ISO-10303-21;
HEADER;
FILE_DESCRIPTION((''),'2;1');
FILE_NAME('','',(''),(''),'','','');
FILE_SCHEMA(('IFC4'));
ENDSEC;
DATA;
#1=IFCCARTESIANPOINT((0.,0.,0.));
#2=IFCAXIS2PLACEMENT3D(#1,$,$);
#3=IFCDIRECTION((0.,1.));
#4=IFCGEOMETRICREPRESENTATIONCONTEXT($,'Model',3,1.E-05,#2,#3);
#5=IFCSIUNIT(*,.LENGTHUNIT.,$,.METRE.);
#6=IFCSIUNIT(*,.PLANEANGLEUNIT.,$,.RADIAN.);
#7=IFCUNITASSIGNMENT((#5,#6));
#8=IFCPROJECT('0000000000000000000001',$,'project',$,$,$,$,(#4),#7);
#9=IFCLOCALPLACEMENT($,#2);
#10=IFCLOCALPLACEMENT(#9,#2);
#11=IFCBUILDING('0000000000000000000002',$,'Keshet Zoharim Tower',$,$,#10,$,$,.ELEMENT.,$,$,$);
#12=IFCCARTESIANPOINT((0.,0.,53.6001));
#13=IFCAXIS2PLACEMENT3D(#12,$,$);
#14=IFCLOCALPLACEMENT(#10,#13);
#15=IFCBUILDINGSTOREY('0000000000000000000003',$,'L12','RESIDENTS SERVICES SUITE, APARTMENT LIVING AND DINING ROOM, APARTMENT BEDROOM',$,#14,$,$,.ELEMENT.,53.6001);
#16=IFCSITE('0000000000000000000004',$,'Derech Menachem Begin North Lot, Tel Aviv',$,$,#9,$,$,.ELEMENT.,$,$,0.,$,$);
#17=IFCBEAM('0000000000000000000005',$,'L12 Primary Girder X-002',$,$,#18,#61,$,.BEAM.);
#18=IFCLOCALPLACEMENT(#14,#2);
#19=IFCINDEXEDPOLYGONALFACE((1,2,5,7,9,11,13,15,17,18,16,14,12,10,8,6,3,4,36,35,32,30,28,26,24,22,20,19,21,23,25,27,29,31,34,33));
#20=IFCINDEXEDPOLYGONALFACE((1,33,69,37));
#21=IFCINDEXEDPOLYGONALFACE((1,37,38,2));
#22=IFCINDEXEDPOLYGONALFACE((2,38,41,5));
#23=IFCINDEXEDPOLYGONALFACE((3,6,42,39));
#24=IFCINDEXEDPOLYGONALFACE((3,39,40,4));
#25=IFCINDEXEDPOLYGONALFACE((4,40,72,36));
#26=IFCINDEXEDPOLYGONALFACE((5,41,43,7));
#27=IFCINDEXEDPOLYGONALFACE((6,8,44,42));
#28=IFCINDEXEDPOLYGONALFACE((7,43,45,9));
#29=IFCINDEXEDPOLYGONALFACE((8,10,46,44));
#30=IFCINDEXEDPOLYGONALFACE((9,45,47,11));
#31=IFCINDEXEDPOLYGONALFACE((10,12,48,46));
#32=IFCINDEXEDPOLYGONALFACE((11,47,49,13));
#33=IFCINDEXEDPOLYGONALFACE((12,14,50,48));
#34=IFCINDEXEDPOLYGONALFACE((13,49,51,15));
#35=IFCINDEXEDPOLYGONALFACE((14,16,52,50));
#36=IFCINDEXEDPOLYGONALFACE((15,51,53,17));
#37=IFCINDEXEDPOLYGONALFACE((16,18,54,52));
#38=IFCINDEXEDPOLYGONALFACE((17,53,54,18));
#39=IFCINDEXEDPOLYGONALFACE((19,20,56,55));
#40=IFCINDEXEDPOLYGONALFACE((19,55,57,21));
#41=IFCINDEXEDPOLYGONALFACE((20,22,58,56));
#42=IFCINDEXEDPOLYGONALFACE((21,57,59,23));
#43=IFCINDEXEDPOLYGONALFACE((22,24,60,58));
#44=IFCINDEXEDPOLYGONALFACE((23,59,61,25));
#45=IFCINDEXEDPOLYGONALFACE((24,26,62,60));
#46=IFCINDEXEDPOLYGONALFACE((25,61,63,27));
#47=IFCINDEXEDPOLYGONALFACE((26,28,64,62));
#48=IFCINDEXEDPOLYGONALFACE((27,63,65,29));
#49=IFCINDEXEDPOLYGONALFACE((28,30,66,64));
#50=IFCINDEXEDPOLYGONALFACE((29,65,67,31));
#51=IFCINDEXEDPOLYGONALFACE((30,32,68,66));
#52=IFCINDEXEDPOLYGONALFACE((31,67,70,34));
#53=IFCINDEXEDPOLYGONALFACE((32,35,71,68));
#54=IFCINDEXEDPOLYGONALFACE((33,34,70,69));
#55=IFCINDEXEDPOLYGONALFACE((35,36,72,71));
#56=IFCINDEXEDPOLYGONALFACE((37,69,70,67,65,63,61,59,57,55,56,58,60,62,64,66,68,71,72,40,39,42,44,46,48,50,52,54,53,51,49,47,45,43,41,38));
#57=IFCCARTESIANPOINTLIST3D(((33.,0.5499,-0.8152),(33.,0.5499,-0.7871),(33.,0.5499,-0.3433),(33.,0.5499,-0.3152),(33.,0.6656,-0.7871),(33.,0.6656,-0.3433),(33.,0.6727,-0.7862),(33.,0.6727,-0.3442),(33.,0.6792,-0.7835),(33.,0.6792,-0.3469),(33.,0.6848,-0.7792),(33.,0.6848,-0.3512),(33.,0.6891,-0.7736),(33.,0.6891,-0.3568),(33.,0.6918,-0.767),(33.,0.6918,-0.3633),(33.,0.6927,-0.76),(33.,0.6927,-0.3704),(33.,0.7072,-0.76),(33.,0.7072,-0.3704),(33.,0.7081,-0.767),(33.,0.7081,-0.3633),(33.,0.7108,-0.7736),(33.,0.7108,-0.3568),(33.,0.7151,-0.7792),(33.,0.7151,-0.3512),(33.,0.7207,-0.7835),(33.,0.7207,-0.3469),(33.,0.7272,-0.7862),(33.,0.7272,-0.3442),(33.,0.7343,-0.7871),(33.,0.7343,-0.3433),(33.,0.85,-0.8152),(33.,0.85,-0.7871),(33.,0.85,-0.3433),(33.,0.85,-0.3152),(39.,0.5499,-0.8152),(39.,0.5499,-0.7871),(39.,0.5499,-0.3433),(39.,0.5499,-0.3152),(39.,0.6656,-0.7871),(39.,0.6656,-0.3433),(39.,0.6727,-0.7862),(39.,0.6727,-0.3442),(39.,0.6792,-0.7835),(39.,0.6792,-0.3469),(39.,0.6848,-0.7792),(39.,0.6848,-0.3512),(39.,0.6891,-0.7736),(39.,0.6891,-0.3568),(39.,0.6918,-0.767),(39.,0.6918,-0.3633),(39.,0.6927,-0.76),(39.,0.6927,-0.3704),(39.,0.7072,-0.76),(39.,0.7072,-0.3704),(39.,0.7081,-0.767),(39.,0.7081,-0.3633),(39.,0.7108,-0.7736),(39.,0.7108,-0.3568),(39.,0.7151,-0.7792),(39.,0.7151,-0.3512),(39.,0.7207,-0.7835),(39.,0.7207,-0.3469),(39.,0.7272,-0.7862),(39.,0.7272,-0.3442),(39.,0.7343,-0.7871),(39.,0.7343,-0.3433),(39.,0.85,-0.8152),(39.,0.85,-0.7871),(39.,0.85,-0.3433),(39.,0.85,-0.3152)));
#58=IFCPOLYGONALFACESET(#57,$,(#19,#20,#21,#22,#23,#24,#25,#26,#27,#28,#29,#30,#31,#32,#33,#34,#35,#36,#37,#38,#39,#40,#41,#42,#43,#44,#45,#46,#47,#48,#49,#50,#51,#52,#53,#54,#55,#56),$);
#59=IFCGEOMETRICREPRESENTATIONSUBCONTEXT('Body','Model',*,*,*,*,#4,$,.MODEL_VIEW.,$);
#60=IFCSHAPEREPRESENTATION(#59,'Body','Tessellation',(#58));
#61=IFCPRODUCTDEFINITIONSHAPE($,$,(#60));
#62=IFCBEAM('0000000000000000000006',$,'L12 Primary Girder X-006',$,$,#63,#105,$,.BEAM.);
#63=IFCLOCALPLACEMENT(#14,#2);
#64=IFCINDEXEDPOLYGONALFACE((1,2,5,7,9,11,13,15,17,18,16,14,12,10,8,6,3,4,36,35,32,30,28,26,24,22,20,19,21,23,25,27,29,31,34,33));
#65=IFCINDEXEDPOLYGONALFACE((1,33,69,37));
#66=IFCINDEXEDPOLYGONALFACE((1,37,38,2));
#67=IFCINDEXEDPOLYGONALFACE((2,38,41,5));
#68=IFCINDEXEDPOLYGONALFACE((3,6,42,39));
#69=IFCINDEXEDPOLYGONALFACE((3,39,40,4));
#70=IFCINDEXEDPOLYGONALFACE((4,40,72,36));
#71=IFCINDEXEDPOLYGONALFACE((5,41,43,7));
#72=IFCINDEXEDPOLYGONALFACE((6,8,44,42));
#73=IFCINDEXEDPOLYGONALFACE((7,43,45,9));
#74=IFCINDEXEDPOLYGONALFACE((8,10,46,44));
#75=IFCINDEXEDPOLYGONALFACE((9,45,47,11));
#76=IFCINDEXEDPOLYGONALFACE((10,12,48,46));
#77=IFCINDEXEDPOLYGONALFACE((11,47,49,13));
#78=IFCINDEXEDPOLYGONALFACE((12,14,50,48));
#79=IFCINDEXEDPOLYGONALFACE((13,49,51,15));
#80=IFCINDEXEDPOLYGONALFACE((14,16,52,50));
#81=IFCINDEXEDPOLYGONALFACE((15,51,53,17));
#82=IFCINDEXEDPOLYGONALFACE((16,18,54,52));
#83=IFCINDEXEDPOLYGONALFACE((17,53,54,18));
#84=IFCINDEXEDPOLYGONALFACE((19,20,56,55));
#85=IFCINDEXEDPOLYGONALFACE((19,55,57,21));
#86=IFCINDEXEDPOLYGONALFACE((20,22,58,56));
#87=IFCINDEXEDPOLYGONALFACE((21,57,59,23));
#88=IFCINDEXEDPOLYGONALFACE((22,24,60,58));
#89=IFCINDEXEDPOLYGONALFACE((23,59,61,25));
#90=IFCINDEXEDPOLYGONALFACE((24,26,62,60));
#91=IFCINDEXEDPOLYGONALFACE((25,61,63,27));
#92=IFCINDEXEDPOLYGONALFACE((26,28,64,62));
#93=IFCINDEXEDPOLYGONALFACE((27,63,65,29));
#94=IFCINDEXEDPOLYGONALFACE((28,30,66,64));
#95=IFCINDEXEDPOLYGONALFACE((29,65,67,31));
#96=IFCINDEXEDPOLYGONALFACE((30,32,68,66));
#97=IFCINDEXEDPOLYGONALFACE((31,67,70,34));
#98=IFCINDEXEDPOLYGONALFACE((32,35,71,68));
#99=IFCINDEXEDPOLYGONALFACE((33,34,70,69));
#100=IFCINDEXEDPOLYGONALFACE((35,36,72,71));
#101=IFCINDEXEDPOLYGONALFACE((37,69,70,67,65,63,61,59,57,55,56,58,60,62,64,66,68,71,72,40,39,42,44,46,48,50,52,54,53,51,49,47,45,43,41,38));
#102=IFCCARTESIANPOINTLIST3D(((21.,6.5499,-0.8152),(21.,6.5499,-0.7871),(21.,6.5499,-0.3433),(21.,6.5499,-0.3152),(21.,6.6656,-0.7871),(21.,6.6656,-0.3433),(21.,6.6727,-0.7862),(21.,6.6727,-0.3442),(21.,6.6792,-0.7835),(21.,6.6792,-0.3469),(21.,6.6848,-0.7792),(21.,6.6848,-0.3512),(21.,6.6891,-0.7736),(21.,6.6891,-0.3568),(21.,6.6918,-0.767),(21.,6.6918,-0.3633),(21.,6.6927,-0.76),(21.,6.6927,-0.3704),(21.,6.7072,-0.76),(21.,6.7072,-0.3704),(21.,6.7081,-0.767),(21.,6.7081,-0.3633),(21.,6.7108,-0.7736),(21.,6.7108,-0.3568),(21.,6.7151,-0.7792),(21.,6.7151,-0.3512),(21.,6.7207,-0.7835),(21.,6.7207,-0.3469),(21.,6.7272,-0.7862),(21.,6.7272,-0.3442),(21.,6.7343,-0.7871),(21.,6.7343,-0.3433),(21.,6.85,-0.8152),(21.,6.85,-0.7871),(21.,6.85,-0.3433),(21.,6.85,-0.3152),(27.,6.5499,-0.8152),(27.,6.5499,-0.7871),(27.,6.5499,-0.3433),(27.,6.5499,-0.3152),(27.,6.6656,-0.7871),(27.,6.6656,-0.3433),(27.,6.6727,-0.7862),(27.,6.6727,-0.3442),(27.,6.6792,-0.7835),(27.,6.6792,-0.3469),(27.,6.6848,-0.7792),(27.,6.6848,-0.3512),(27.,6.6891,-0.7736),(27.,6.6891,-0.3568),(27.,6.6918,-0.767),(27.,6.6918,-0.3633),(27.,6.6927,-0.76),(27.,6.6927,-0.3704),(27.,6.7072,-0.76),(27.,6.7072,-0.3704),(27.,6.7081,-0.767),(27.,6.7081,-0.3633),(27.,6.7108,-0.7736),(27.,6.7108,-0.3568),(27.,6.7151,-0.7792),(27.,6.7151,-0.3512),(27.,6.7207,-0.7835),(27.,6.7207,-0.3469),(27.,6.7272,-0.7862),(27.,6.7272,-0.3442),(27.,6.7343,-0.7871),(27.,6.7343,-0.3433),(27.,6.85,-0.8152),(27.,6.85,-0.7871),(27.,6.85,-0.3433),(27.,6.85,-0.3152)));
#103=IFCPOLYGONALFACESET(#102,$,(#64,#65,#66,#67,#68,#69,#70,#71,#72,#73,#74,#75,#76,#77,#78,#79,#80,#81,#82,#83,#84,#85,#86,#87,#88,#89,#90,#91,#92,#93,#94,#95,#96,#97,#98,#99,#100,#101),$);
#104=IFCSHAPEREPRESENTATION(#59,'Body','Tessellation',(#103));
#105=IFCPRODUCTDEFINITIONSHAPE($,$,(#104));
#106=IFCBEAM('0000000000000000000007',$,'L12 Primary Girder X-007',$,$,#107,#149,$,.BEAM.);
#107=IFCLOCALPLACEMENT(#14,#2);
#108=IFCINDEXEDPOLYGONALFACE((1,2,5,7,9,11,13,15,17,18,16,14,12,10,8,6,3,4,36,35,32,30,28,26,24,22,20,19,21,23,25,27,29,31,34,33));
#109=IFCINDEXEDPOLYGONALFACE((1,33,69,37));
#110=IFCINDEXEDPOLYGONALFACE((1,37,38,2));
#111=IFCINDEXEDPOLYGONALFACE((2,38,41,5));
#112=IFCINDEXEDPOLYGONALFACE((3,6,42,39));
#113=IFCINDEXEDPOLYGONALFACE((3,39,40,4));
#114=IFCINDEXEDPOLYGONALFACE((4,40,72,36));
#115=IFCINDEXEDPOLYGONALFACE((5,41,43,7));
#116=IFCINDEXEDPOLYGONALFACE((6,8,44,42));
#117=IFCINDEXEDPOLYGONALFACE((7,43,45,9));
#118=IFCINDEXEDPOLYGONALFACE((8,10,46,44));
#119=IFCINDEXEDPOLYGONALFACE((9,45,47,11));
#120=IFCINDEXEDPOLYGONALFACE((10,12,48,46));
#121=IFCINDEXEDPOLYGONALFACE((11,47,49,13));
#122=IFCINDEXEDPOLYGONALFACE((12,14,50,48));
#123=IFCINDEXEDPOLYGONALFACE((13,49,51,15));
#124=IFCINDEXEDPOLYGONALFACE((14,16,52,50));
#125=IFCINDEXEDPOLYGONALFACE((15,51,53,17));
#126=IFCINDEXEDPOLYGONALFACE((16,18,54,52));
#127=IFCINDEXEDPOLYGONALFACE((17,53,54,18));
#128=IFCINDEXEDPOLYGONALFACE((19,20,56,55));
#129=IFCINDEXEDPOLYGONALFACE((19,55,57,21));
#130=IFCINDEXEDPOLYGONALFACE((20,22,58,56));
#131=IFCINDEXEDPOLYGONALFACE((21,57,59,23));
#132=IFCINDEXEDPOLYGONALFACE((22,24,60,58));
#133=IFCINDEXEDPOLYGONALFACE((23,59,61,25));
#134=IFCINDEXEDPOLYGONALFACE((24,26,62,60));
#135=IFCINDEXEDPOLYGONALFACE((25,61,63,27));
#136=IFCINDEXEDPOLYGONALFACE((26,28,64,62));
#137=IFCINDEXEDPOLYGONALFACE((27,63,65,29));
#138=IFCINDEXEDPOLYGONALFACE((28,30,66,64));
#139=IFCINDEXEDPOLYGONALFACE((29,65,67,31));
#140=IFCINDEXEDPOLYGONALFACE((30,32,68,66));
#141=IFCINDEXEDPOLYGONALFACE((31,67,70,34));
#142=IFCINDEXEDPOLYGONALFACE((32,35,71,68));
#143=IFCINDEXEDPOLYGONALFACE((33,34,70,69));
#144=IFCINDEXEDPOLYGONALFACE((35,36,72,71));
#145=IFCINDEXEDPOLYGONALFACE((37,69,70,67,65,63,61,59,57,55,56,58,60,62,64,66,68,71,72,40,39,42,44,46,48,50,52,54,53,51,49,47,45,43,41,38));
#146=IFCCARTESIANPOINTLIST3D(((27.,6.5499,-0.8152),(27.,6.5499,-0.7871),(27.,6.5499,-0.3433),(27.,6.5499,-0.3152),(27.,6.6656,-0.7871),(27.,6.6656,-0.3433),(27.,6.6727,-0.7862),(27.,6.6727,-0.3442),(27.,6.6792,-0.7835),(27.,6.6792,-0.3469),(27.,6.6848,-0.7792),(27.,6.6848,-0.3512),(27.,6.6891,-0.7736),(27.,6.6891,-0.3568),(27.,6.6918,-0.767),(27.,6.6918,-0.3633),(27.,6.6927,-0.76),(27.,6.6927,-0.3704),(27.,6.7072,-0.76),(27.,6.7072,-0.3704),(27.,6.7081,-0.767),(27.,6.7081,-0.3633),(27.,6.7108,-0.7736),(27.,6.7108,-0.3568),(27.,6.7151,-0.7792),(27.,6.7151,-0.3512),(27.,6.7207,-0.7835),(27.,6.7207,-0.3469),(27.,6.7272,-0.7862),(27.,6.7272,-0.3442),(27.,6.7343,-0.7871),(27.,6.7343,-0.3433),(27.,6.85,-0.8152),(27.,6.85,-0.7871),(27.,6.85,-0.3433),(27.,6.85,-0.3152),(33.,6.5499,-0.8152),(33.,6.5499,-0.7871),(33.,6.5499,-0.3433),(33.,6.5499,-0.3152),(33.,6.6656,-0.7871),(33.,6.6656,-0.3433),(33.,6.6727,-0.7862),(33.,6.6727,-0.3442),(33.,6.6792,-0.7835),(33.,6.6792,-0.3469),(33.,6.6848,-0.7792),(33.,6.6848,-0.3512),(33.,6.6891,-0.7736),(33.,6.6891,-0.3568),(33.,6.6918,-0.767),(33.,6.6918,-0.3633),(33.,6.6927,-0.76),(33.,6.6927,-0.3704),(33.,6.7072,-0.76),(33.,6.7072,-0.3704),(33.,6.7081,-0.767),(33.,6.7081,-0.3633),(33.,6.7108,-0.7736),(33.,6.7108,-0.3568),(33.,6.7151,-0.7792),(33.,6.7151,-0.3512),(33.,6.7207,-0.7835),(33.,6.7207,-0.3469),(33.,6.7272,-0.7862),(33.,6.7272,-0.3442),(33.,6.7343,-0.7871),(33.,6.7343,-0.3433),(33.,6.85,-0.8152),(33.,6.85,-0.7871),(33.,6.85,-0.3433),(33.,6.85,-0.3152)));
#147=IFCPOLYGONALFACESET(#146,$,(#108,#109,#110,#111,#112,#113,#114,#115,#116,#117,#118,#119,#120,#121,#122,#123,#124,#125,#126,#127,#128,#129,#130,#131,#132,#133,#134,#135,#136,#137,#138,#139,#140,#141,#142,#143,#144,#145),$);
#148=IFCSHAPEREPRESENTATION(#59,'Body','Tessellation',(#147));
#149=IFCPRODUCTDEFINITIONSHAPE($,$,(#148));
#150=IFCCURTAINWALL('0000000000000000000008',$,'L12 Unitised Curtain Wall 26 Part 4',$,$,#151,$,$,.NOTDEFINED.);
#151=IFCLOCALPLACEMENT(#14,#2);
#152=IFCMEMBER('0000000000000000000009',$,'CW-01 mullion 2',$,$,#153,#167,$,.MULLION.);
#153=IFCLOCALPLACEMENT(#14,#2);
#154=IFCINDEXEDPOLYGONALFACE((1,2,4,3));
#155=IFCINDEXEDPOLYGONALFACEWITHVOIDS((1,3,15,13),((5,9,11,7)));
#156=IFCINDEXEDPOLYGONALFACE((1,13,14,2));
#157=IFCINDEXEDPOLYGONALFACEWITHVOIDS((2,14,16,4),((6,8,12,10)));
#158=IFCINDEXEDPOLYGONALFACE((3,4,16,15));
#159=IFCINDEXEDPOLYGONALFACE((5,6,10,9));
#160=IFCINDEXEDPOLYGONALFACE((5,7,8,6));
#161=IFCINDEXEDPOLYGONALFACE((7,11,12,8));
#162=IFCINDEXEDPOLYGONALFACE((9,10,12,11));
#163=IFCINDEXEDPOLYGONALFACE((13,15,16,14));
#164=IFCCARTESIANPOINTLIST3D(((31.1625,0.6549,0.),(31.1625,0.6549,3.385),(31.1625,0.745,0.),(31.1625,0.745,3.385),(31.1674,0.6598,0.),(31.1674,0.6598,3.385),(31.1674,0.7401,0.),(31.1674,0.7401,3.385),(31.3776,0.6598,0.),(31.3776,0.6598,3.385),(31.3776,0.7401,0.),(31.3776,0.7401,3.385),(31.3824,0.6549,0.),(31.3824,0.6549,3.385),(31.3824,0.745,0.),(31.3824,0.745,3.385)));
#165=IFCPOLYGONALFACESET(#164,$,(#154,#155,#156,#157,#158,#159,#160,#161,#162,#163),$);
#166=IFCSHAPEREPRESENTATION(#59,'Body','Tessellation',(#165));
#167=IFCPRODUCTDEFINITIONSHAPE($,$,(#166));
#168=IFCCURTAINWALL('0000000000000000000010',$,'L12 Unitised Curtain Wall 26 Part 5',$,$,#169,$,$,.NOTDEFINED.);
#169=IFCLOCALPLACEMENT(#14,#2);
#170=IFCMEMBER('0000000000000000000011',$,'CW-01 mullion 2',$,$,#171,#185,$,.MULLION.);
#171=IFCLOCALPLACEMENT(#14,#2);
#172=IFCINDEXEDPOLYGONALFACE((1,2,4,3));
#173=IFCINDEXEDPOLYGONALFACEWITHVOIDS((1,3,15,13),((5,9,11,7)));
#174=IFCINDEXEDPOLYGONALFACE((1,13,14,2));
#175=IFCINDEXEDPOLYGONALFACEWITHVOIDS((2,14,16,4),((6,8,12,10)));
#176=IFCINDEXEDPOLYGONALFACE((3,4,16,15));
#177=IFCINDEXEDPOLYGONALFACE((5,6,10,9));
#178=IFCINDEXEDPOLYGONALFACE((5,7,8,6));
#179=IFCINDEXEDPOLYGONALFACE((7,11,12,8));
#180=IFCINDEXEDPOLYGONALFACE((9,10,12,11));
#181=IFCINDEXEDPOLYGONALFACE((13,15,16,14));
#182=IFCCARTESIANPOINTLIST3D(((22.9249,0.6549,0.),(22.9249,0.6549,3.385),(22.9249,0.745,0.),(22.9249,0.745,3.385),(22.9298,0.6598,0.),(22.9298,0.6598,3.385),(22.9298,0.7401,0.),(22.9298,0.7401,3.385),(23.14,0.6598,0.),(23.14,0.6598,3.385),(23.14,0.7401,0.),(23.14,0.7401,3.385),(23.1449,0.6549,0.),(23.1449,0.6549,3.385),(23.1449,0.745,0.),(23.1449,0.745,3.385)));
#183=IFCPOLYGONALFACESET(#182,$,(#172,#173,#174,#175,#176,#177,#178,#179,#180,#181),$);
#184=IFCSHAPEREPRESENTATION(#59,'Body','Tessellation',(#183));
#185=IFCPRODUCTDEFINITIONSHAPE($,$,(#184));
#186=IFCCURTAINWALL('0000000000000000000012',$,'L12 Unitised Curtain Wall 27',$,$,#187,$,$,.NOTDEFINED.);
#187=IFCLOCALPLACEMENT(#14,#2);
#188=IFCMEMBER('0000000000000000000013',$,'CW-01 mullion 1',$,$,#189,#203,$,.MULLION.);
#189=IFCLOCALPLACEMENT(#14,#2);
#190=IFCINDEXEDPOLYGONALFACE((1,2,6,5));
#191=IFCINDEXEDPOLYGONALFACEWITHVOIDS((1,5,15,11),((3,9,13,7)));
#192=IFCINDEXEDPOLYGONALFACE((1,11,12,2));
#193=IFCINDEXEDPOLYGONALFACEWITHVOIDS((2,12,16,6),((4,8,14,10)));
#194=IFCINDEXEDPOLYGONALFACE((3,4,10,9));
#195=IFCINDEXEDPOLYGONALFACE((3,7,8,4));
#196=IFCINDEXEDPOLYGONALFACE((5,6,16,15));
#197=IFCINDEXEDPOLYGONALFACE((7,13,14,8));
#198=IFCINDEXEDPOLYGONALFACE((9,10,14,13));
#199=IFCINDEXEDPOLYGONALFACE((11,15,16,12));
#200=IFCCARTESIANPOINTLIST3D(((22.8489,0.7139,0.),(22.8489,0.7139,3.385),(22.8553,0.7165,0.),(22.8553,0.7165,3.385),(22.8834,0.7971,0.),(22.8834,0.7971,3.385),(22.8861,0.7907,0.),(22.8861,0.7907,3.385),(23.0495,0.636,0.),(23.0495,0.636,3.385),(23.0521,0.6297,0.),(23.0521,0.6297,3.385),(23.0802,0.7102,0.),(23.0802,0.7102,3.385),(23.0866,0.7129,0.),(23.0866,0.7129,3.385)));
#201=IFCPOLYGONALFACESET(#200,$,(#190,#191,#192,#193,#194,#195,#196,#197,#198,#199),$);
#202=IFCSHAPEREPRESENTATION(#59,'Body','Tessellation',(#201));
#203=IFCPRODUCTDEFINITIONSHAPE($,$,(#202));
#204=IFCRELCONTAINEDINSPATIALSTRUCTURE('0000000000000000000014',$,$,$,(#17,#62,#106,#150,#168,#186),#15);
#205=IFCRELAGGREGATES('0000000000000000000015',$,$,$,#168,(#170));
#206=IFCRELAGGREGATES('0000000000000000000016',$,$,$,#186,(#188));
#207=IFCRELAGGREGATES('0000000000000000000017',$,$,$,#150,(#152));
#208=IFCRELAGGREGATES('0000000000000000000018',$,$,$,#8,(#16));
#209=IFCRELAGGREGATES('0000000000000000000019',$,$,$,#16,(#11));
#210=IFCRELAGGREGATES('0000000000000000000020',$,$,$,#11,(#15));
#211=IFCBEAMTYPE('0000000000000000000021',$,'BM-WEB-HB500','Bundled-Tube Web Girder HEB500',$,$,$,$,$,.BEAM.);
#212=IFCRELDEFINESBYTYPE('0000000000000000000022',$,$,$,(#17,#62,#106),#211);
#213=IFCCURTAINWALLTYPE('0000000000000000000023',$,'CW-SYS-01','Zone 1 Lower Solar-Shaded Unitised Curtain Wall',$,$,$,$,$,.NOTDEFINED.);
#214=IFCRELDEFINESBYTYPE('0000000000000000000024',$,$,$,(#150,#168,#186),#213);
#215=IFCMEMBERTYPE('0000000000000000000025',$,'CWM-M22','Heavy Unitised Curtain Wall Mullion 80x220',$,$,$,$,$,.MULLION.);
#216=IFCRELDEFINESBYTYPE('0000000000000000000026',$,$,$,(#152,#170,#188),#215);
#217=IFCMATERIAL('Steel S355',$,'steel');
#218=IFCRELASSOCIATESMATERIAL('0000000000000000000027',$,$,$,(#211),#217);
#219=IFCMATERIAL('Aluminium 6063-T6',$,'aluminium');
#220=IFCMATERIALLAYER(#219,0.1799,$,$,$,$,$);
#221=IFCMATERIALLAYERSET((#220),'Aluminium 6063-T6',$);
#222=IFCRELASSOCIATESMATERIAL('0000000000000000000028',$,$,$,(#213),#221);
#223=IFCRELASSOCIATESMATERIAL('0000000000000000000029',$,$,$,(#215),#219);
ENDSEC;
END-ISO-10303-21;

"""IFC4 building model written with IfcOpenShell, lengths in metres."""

from ifc_helpers import new_model, si_unit, direction, frame, origin, origin_2d, place, context, subcontext, project, spatial, hollow_rectangle, i_section, extrude, material, layer, layer_set, material_profile, profile_set, type_object, element, aggregate, save


model = new_model("IFC4")

# Units and contexts
model_context = context("Model", 3, precision=1e-05, world=origin(), true_north=direction((0.0, 1.0)))
body_context = subcontext(model_context, "Body", "Model", "MODEL_VIEW")
ifc_project = project(units=[si_unit("LENGTHUNIT", "METRE"), si_unit("PLANEANGLEUNIT", "RADIAN")], contexts=[model_context])

# Site, building, storey
site_placement = place(None, origin())
site = spatial("IfcSite", under=ifc_project, at=site_placement, Name="Derech Menachem Begin North Lot, Tel Aviv", CompositionType="ELEMENT", RefElevation=0.0)
building_placement = place(site_placement, origin())
building = spatial("IfcBuilding", under=site, at=building_placement, Name="Keshet Zoharim Tower", CompositionType="ELEMENT")
storey_placement = place(building_placement, frame((0.0, 0.0, 53.6001)))
storey = spatial("IfcBuildingStorey", under=building, at=storey_placement, Name="L12", Description="RESIDENTS SERVICES SUITE, APARTMENT LIVING AND DINING ROOM, APARTMENT BEDROOM", CompositionType="ELEMENT", Elevation=53.6001)

# Shared definitions
ifc_material_1 = material(Name="Steel S355", Category="steel")

# Beams
ifc_material_profile_1 = material_profile(ifc_material_1, i_section(OverallWidth=0.3, OverallDepth=0.5, WebThickness=0.0144, FlangeThickness=0.0281, FilletRadius=0.0271, at=origin_2d()), Name="HEB500")
ifc_profile_set_1 = profile_set([ifc_material_profile_1], Name="Steel S355")
beam_type_1 = type_object("IfcBeamType", Name="BM-WEB-HB500", Description="Bundled-Tube Web Girder HEB500", PredefinedType="BEAM", material=ifc_profile_set_1)
for number, where, z_axis, x_axis, name in (
    (1, (33.0, 0.7, -0.5652), (1.0, 0.0, 0.0), (0.0, 1.0, 0.0), "L12 Primary Girder X-002"),
    (2, (21.0, 6.7, -0.5652), (1.0, 0.0, 0.0), (0.0, 1.0, 0.0), "L12 Primary Girder X-006"),
    (3, (27.0, 6.7, -0.5652), (1.0, 0.0, 0.0), (0.0, 1.0, 0.0), "L12 Primary Girder X-007"),
):
    element("IfcBeam", number, at=place(storey_placement, frame(where, z_axis=z_axis, x_axis=x_axis)), inside=storey, type_object=beam_type_1, Name=name, PredefinedType="BEAM", context=body_context, shape_type="SweptSolid", body=[
        extrude(i_section(OverallWidth=0.3, OverallDepth=0.5, WebThickness=0.0144, FlangeThickness=0.0281, FilletRadius=0.0271, at=origin_2d()), origin(), (0.0, 0.0, 1.0), 6.0),
    ])

# Curtain walls, members
ifc_material_2 = material(Name="Aluminium 6063-T6", Category="aluminium")
ifc_layer_1 = layer(ifc_material_2, 0.1799)
ifc_layer_set_1 = layer_set([ifc_layer_1], Name="Aluminium 6063-T6")
curtain_wall_type = type_object("IfcCurtainWallType", Name="CW-SYS-01", Description="Zone 1 Lower Solar-Shaded Unitised Curtain Wall", PredefinedType="NOTDEFINED", material=ifc_layer_set_1)
curtain_wall_1_placement = place(storey_placement, origin())
curtain_wall_1 = element("IfcCurtainWall", 4, at=curtain_wall_1_placement, inside=storey, type_object=curtain_wall_type, Name="L12 Unitised Curtain Wall 26 Part 4", PredefinedType="NOTDEFINED")
ifc_material_profile_2 = material_profile(ifc_material_2, hollow_rectangle(XDim=0.0901, YDim=0.22, WallThickness=0.0049, at=origin_2d()), Name="MUL-90x220")
ifc_profile_set_2 = profile_set([ifc_material_profile_2], Name="Aluminium 6063-T6")
member_type_1 = type_object("IfcMemberType", Name="CWM-M22", Description="Heavy Unitised Curtain Wall Mullion 80x220", PredefinedType="MULLION", material=ifc_profile_set_2)
member_1_placement = place(storey_placement, frame((31.2725, 0.7, 0.0), z_axis=(0.0, 0.0, 1.0), x_axis=(0.0, -1.0, 0.0)))
member_1 = element("IfcMember", 5, at=member_1_placement, type_object=member_type_1, Name="CW-01 mullion 2", PredefinedType="MULLION", context=body_context, shape_type="SweptSolid", body=[
    extrude(hollow_rectangle(XDim=0.0901, YDim=0.22, WallThickness=0.0049, at=origin_2d()), origin(), (0.0, 0.0, 1.0), 3.385),
])
curtain_wall_2_placement = place(storey_placement, origin())
curtain_wall_2 = element("IfcCurtainWall", 6, at=curtain_wall_2_placement, inside=storey, type_object=curtain_wall_type, Name="L12 Unitised Curtain Wall 26 Part 5", PredefinedType="NOTDEFINED")
member_2_placement = place(storey_placement, frame((23.0349, 0.7, 0.0), z_axis=(0.0, 0.0, 1.0), x_axis=(0.0, -1.0, 0.0)))
member_2 = element("IfcMember", 7, at=member_2_placement, type_object=member_type_1, Name="CW-01 mullion 2", PredefinedType="MULLION", context=body_context, shape_type="SweptSolid", body=[
    extrude(hollow_rectangle(XDim=0.0901, YDim=0.22, WallThickness=0.0049, at=origin_2d()), origin(), (0.0, 0.0, 1.0), 3.385),
])

# Curtain wall, member
curtain_wall_3_placement = place(storey_placement, origin())
curtain_wall_3 = element("IfcCurtainWall", 8, at=curtain_wall_3_placement, inside=storey, type_object=curtain_wall_type, Name="L12 Unitised Curtain Wall 27", PredefinedType="NOTDEFINED")
member_3_placement = place(storey_placement, frame((22.9678, 0.7134, 0.0), z_axis=(0.0, 0.0, 1.0), x_axis=(-0.382852, -0.92381, 0.0)))
member_3 = element("IfcMember", 9, at=member_3_placement, type_object=member_type_1, Name="CW-01 mullion 1", PredefinedType="MULLION", context=body_context, shape_type="SweptSolid", body=[
    extrude(hollow_rectangle(XDim=0.0901, YDim=0.22, WallThickness=0.0049, at=origin_2d()), origin(), (0.0, 0.0, 1.0), 3.385),
])

aggregate(curtain_wall_2, [member_2])
aggregate(curtain_wall_3, [member_3])
aggregate(curtain_wall_1, [member_1])

save(model, "model.ifc")
